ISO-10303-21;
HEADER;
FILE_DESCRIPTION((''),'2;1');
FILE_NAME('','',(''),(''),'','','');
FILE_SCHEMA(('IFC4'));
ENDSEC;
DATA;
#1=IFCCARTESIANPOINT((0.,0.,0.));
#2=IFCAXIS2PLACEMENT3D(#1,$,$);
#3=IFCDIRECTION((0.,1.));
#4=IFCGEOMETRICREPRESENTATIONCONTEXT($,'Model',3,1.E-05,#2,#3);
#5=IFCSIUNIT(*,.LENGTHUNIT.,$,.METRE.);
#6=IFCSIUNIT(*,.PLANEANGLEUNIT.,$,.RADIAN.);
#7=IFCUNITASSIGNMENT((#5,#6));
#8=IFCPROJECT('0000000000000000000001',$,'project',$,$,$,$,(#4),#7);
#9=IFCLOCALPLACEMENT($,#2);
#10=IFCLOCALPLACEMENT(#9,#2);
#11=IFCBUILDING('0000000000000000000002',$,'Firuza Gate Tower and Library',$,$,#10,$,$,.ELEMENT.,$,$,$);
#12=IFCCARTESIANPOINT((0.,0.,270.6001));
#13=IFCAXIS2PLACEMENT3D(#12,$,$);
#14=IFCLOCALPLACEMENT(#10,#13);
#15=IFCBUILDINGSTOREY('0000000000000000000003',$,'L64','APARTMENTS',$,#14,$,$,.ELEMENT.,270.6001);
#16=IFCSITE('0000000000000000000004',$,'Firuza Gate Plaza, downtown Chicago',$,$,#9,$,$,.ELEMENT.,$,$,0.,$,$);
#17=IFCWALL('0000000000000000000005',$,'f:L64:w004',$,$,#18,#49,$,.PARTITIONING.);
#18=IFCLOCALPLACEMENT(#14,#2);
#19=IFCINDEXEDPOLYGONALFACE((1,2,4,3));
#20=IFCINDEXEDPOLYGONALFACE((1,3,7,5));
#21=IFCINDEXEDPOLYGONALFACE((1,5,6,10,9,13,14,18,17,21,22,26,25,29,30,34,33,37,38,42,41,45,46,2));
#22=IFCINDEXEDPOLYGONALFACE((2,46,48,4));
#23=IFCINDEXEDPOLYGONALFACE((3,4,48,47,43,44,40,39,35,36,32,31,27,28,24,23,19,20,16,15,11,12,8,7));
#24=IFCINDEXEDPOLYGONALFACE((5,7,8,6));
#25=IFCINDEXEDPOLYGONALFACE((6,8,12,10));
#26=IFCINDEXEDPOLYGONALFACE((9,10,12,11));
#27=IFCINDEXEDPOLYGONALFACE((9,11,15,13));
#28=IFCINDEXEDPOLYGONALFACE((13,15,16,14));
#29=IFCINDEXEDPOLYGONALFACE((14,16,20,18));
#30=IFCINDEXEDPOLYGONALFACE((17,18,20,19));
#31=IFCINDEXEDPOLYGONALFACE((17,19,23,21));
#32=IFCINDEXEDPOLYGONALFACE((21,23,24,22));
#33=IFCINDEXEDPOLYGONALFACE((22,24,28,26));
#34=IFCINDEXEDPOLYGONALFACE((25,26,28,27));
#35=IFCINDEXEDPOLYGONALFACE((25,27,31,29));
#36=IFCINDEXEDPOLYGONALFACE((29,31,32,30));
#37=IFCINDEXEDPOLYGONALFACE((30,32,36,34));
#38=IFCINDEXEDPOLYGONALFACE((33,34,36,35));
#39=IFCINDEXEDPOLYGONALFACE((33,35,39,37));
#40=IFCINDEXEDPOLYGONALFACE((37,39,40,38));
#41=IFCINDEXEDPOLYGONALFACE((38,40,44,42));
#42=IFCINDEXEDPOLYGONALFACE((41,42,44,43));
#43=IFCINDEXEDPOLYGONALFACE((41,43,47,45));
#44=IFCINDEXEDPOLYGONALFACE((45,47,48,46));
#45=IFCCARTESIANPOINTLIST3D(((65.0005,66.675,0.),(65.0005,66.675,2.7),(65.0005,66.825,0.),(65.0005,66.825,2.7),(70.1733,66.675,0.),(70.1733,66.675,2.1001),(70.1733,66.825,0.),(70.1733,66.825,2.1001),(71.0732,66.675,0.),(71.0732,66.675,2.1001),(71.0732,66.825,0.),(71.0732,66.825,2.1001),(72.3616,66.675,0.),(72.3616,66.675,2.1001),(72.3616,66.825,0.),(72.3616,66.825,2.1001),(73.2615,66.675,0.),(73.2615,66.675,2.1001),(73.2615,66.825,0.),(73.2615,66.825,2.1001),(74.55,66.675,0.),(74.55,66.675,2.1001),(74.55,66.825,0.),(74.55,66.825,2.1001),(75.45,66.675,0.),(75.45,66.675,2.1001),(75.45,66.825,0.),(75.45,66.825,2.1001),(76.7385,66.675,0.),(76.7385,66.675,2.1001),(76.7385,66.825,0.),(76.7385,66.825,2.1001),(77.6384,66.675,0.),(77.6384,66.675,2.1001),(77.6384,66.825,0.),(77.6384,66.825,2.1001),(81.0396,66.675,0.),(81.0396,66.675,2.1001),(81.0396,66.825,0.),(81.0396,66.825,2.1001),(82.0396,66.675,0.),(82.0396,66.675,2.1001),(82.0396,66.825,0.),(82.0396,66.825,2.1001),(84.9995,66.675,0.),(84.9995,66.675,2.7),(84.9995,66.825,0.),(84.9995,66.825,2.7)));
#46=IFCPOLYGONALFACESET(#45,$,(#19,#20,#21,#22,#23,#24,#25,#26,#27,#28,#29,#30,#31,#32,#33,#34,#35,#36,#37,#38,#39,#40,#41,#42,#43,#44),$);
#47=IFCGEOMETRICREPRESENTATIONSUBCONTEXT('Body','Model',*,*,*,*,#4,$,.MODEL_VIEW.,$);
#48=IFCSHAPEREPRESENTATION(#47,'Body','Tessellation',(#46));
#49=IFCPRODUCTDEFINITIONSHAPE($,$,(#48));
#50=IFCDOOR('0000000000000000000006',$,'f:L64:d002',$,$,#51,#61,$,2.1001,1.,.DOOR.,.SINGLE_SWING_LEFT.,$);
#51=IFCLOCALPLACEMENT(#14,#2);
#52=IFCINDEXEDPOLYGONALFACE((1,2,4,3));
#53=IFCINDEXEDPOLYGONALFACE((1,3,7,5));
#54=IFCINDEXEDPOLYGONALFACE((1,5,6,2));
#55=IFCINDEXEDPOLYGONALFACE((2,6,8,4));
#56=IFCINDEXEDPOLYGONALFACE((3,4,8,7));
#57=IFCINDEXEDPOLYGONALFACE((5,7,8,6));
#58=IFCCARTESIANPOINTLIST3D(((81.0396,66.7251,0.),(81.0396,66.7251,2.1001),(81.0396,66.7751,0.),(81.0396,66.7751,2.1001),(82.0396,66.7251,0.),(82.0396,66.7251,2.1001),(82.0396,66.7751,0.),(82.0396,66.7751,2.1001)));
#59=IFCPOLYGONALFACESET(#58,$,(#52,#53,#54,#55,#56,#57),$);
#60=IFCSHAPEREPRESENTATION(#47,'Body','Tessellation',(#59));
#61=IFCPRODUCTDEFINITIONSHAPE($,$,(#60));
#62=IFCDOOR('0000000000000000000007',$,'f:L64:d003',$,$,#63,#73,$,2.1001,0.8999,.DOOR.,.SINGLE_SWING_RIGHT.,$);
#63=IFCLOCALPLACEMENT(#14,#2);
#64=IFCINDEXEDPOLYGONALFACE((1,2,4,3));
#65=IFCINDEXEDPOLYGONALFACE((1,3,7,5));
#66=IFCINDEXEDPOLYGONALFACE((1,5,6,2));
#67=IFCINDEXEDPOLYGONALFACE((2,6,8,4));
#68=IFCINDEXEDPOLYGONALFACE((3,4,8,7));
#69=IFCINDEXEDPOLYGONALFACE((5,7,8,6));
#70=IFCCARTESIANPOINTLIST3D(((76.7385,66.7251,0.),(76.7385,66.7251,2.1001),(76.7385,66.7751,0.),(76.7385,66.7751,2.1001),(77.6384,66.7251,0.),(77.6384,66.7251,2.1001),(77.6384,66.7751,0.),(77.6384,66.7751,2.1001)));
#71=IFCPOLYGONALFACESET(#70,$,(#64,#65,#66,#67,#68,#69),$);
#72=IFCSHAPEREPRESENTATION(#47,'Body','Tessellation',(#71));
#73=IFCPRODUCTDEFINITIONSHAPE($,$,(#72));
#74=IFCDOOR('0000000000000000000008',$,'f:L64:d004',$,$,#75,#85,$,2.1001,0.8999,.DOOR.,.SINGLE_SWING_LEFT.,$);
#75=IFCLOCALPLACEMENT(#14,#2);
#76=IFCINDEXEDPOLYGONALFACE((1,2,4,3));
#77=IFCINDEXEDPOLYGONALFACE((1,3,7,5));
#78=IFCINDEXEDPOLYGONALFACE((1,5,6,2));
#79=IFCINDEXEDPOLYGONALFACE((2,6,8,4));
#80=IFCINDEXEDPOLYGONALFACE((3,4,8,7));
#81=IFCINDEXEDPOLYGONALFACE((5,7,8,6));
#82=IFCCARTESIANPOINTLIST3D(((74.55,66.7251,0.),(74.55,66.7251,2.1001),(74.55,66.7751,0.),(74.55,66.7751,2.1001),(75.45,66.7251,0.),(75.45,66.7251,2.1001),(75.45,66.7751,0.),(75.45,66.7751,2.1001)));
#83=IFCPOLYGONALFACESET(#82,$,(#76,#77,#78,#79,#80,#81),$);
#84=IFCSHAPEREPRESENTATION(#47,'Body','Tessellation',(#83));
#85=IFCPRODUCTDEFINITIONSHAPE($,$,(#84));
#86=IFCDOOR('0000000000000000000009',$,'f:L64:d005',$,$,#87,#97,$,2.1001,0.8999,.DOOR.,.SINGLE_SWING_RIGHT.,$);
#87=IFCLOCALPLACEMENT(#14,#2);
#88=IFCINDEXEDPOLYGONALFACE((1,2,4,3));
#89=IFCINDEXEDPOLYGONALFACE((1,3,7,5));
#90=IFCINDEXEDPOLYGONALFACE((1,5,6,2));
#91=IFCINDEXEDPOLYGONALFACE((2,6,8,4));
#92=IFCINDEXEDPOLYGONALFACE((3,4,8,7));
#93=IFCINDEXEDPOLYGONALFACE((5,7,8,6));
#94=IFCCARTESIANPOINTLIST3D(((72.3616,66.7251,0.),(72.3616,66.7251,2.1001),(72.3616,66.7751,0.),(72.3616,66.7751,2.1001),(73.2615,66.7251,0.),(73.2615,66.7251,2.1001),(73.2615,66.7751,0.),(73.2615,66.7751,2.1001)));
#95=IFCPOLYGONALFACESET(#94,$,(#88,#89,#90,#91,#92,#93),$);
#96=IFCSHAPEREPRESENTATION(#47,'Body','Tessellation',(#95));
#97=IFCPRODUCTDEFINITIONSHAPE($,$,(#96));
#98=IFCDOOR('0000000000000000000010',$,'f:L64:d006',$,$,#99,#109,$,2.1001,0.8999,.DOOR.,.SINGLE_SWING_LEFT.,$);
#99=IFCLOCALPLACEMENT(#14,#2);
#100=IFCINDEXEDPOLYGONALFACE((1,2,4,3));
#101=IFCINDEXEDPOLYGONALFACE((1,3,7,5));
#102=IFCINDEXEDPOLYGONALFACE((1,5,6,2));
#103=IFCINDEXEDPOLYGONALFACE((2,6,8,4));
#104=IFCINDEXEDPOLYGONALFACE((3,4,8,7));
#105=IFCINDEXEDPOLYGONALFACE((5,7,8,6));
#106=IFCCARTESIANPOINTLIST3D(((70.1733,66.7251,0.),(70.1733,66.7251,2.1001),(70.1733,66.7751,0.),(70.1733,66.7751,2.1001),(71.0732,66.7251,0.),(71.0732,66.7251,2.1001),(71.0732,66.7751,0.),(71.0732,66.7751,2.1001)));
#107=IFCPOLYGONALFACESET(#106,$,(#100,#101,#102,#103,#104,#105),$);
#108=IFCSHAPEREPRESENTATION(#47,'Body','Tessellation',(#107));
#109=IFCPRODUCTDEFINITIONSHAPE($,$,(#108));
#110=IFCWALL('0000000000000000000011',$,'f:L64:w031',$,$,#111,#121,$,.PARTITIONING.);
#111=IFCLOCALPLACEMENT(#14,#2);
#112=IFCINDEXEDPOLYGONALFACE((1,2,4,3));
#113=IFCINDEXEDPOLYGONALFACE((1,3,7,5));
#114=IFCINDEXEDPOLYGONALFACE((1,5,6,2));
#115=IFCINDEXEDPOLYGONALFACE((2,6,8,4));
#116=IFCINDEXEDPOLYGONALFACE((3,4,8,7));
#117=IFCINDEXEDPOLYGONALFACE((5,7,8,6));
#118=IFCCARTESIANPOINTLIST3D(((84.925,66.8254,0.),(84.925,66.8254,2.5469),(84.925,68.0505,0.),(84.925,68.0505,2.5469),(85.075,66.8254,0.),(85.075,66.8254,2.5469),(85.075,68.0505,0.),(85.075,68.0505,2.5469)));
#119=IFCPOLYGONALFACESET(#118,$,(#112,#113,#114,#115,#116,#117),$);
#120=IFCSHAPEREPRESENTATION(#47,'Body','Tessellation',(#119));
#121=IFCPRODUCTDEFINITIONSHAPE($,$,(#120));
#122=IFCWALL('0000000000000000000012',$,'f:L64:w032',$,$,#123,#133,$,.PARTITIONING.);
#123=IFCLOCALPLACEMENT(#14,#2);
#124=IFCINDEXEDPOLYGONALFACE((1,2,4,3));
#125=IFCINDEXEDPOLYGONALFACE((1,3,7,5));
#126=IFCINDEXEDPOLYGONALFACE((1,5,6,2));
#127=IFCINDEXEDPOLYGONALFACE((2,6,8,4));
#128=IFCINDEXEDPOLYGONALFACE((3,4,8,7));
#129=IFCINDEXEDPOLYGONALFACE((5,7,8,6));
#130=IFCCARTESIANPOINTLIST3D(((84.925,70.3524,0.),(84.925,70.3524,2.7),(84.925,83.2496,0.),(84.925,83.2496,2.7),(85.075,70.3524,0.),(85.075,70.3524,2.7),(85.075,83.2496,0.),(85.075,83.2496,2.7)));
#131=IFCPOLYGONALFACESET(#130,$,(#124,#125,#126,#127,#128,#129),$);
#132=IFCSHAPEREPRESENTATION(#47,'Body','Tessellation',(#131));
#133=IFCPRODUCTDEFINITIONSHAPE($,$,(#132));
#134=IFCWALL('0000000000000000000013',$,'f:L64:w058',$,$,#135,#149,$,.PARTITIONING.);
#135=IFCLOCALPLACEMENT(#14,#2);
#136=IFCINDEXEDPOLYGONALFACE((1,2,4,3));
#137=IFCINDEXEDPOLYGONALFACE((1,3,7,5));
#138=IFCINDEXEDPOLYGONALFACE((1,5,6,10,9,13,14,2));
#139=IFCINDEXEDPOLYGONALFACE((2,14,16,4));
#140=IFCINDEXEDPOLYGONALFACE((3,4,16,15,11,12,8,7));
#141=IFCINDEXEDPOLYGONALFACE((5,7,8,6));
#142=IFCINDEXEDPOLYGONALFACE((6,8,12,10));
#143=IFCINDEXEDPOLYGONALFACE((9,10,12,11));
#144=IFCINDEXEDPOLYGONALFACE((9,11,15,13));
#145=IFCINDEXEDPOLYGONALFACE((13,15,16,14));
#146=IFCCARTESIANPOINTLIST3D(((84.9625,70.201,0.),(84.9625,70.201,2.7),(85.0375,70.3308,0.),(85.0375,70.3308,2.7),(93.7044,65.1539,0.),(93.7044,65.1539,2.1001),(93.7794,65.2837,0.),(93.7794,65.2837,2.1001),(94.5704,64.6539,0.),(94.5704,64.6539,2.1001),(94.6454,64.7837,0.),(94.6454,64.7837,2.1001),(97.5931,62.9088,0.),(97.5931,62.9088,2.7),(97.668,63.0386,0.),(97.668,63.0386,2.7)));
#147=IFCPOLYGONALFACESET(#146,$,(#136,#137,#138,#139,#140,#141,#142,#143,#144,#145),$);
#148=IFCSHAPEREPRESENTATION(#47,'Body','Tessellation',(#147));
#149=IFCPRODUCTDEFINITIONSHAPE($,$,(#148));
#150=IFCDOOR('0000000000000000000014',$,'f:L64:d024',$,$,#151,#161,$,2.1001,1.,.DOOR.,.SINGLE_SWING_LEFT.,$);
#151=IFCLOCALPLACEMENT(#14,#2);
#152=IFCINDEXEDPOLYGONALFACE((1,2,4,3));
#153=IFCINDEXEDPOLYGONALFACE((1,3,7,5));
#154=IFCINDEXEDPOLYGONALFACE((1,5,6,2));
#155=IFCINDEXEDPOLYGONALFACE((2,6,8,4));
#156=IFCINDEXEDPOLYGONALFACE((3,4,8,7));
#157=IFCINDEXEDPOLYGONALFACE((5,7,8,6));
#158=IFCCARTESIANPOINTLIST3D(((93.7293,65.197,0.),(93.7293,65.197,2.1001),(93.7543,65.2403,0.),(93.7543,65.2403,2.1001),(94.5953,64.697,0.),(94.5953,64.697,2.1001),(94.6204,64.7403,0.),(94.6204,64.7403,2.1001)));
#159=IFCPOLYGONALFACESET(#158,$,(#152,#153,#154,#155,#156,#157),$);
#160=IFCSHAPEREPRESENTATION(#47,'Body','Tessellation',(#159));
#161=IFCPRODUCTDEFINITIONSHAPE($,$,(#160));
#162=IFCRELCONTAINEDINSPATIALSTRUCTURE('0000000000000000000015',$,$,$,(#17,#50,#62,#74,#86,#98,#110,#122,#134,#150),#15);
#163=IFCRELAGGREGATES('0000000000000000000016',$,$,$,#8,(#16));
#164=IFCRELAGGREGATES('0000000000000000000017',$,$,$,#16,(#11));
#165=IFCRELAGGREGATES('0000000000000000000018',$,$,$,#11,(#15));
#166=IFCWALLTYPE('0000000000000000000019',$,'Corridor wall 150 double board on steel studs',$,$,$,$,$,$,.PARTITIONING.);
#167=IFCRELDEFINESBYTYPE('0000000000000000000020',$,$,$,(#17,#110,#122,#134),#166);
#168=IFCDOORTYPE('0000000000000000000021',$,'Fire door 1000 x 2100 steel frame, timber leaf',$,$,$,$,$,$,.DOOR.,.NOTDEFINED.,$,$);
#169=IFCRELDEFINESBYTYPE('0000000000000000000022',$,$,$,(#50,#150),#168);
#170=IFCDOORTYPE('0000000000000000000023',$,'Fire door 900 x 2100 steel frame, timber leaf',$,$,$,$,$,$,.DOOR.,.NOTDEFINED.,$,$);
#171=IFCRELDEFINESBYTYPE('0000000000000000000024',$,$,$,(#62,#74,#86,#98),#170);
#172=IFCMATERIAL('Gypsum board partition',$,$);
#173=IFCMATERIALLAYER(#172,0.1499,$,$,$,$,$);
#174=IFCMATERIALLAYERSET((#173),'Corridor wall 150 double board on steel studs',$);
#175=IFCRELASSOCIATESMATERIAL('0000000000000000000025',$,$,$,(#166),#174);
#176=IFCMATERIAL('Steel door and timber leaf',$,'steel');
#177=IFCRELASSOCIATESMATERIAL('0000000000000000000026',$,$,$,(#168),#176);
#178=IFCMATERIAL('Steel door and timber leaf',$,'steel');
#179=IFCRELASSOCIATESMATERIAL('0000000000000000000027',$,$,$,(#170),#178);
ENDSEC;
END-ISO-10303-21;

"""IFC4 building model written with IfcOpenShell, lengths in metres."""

from ifc_helpers import new_model, si_unit, direction, frame, frame_2d, origin, place, context, subcontext, project, spatial, rectangle, extrude, material, layer, layer_set, type_object, element, fill, save


model = new_model("IFC4")

# Units and contexts
model_context = context("Model", 3, precision=1e-05, world=origin(), true_north=direction((0.0, 1.0)))
body_context = subcontext(model_context, "Body", "Model", "MODEL_VIEW")
ifc_project = project(units=[si_unit("LENGTHUNIT", "METRE"), si_unit("PLANEANGLEUNIT", "RADIAN")], contexts=[model_context])

# Site, building, storey
site_placement = place(None, origin())
site = spatial("IfcSite", under=ifc_project, at=site_placement, Name="Firuza Gate Plaza, downtown Chicago", CompositionType="ELEMENT", RefElevation=0.0)
building_placement = place(site_placement, origin())
building = spatial("IfcBuilding", under=site, at=building_placement, Name="Firuza Gate Tower and Library", CompositionType="ELEMENT")
storey_placement = place(building_placement, frame((0.0, 0.0, 270.6001)))
storey = spatial("IfcBuildingStorey", under=building, at=storey_placement, Name="L64", Description="APARTMENTS", CompositionType="ELEMENT", Elevation=270.6001)

# Wall, openings, doors
ifc_material_1 = material(Name="Gypsum board partition")
ifc_layer_1 = layer(ifc_material_1, 0.1499)
ifc_layer_set_1 = layer_set([ifc_layer_1], Name="Corridor wall 150 double board on steel studs")
wall_type_1 = type_object("IfcWallType", Name="Corridor wall 150 double board on steel studs", PredefinedType="PARTITIONING", material=ifc_layer_set_1)
wall_1_placement = place(storey_placement, frame((84.9995, 66.75, 0.0), z_axis=(0.0, 0.0, 1.0), x_axis=(-1.0, 0.0, 0.0)))
wall_1 = element("IfcWall", 1, at=wall_1_placement, inside=storey, type_object=wall_type_1, Name="f:L64:w004", PredefinedType="PARTITIONING", context=body_context, shape_type="SweptSolid", body=[
    extrude(rectangle(XDim=19.999, YDim=0.1499, at=frame_2d((9.9995, 0.0))), origin(), (0.0, 0.0, 1.0), 2.7),
])
opening_1_placement = place(wall_1_placement, frame((2.96, 0.0, 0.0)))
opening_1 = element("IfcOpeningElement", 2, at=opening_1_placement, cuts=wall_1, PredefinedType="OPENING", context=body_context, shape_type="SweptSolid", body=[
    extrude(rectangle(XDim=1.0, YDim=2.1001, at=frame_2d((0.5, 1.05))), frame((0.0, 0.085, 0.0), z_axis=(0.0, -1.0, 0.0), x_axis=(1.0, 0.0, 0.0)), (0.0, 0.0, 1.0), 0.1699),
])
opening_2_placement = place(wall_1_placement, frame((7.3611, 0.0, 0.0)))
opening_2 = element("IfcOpeningElement", 3, at=opening_2_placement, cuts=wall_1, PredefinedType="OPENING", context=body_context, shape_type="SweptSolid", body=[
    extrude(rectangle(XDim=0.8999, YDim=2.1001, at=frame_2d((0.45, 1.05))), frame((0.0, 0.085, 0.0), z_axis=(0.0, -1.0, 0.0), x_axis=(1.0, 0.0, 0.0)), (0.0, 0.0, 1.0), 0.1699),
])
opening_3_placement = place(wall_1_placement, frame((9.5496, 0.0, 0.0)))
opening_3 = element("IfcOpeningElement", 4, at=opening_3_placement, cuts=wall_1, PredefinedType="OPENING", context=body_context, shape_type="SweptSolid", body=[
    extrude(rectangle(XDim=0.8999, YDim=2.1001, at=frame_2d((0.45, 1.05))), frame((0.0, 0.085, 0.0), z_axis=(0.0, -1.0, 0.0), x_axis=(1.0, 0.0, 0.0)), (0.0, 0.0, 1.0), 0.1699),
])
opening_4_placement = place(wall_1_placement, frame((11.738, 0.0, 0.0)))
opening_4 = element("IfcOpeningElement", 5, at=opening_4_placement, cuts=wall_1, PredefinedType="OPENING", context=body_context, shape_type="SweptSolid", body=[
    extrude(rectangle(XDim=0.8999, YDim=2.1001, at=frame_2d((0.45, 1.05))), frame((0.0, 0.085, 0.0), z_axis=(0.0, -1.0, 0.0), x_axis=(1.0, 0.0, 0.0)), (0.0, 0.0, 1.0), 0.1699),
])
opening_5_placement = place(wall_1_placement, frame((13.9263, 0.0, 0.0)))
opening_5 = element("IfcOpeningElement", 6, at=opening_5_placement, cuts=wall_1, PredefinedType="OPENING", context=body_context, shape_type="SweptSolid", body=[
    extrude(rectangle(XDim=0.8999, YDim=2.1001, at=frame_2d((0.45, 1.05))), frame((0.0, 0.085, 0.0), z_axis=(0.0, -1.0, 0.0), x_axis=(1.0, 0.0, 0.0)), (0.0, 0.0, 1.0), 0.1699),
])
ifc_material_2 = material(Name="Steel door and timber leaf", Category="steel")
door_type_1 = type_object("IfcDoorType", Name="Fire door 1000 x 2100 steel frame, timber leaf", OperationType="NOTDEFINED", PredefinedType="DOOR", material=ifc_material_2)
door_1_placement = place(opening_1_placement, origin())
door_1 = element("IfcDoor", 7, at=door_1_placement, inside=storey, type_object=door_type_1, Name="f:L64:d002", OperationType="SINGLE_SWING_LEFT", OverallHeight=2.1001, OverallWidth=1.0, PredefinedType="DOOR", context=body_context, shape_type="SweptSolid", body=[
    extrude(rectangle(XDim=1.0, YDim=2.1001, at=frame_2d((0.5, 1.05))), frame((0.0, 0.0249, 0.0), z_axis=(0.0, -1.0, 0.0), x_axis=(1.0, 0.0, 0.0)), (0.0, 0.0, 1.0), 0.05),
])
fill(opening_1, door_1)
ifc_material_3 = material(Name="Steel door and timber leaf", Category="steel")
door_type_2 = type_object("IfcDoorType", Name="Fire door 900 x 2100 steel frame, timber leaf", OperationType="NOTDEFINED", PredefinedType="DOOR", material=ifc_material_3)
door_2_placement = place(opening_2_placement, origin())
door_2 = element("IfcDoor", 8, at=door_2_placement, inside=storey, type_object=door_type_2, Name="f:L64:d003", OperationType="SINGLE_SWING_RIGHT", OverallHeight=2.1001, OverallWidth=0.8999, PredefinedType="DOOR", context=body_context, shape_type="SweptSolid", body=[
    extrude(rectangle(XDim=0.8999, YDim=2.1001, at=frame_2d((0.45, 1.05))), frame((0.0, 0.0249, 0.0), z_axis=(0.0, -1.0, 0.0), x_axis=(1.0, 0.0, 0.0)), (0.0, 0.0, 1.0), 0.05),
])
fill(opening_2, door_2)
door_3_placement = place(opening_3_placement, origin())
door_3 = element("IfcDoor", 9, at=door_3_placement, inside=storey, type_object=door_type_2, Name="f:L64:d004", OperationType="SINGLE_SWING_LEFT", OverallHeight=2.1001, OverallWidth=0.8999, PredefinedType="DOOR", context=body_context, shape_type="SweptSolid", body=[
    extrude(rectangle(XDim=0.8999, YDim=2.1001, at=frame_2d((0.45, 1.05))), frame((0.0, 0.0249, 0.0), z_axis=(0.0, -1.0, 0.0), x_axis=(1.0, 0.0, 0.0)), (0.0, 0.0, 1.0), 0.05),
])
fill(opening_3, door_3)
door_4_placement = place(opening_4_placement, origin())
door_4 = element("IfcDoor", 10, at=door_4_placement, inside=storey, type_object=door_type_2, Name="f:L64:d005", OperationType="SINGLE_SWING_RIGHT", OverallHeight=2.1001, OverallWidth=0.8999, PredefinedType="DOOR", context=body_context, shape_type="SweptSolid", body=[
    extrude(rectangle(XDim=0.8999, YDim=2.1001, at=frame_2d((0.45, 1.05))), frame((0.0, 0.0249, 0.0), z_axis=(0.0, -1.0, 0.0), x_axis=(1.0, 0.0, 0.0)), (0.0, 0.0, 1.0), 0.05),
])
fill(opening_4, door_4)
door_5_placement = place(opening_5_placement, origin())
door_5 = element("IfcDoor", 11, at=door_5_placement, inside=storey, type_object=door_type_2, Name="f:L64:d006", OperationType="SINGLE_SWING_LEFT", OverallHeight=2.1001, OverallWidth=0.8999, PredefinedType="DOOR", context=body_context, shape_type="SweptSolid", body=[
    extrude(rectangle(XDim=0.8999, YDim=2.1001, at=frame_2d((0.45, 1.05))), frame((0.0, 0.0249, 0.0), z_axis=(0.0, -1.0, 0.0), x_axis=(1.0, 0.0, 0.0)), (0.0, 0.0, 1.0), 0.05),
])
fill(opening_5, door_5)

# Walls
wall_2_placement = place(storey_placement, frame((85.0, 66.8254, 0.0), z_axis=(0.0, 0.0, 1.0), x_axis=(0.0, 1.0, 0.0)))
element("IfcWall", 12, at=wall_2_placement, inside=storey, type_object=wall_type_1, Name="f:L64:w031", PredefinedType="PARTITIONING", context=body_context, shape_type="SweptSolid", body=[
    extrude(rectangle(XDim=1.2251, YDim=0.1499, at=frame_2d((0.6125, 0.0))), origin(), (0.0, 0.0, 1.0), 2.5469),
])
wall_3_placement = place(storey_placement, frame((85.0, 70.3523, 0.0), z_axis=(0.0, 0.0, 1.0), x_axis=(0.0, 1.0, 0.0)))
element("IfcWall", 13, at=wall_3_placement, inside=storey, type_object=wall_type_1, Name="f:L64:w032", PredefinedType="PARTITIONING", context=body_context, shape_type="SweptSolid", body=[
    extrude(rectangle(XDim=12.8972, YDim=0.1499, at=frame_2d((6.4487, 0.0))), origin(), (0.0, 0.0, 1.0), 2.7),
])

# Wall, opening, door
wall_4_placement = place(storey_placement, frame((85.0, 70.2659, 0.0), z_axis=(0.0, 0.0, 1.0), x_axis=(0.866027, -0.499997, 0.0)))
wall_4 = element("IfcWall", 14, at=wall_4_placement, inside=storey, type_object=wall_type_1, Name="f:L64:w058", PredefinedType="PARTITIONING", context=body_context, shape_type="SweptSolid", body=[
    extrude(rectangle(XDim=14.5845, YDim=0.1499, at=frame_2d((7.2922, 0.0))), origin(), (0.0, 0.0, 1.0), 2.7),
])
opening_6_placement = place(wall_4_placement, frame((10.0942, 0.0, 0.0)))
opening_6 = element("IfcOpeningElement", 15, at=opening_6_placement, cuts=wall_4, PredefinedType="OPENING", context=body_context, shape_type="SweptSolid", body=[
    extrude(rectangle(XDim=1.0, YDim=2.1001, at=frame_2d((0.5, 1.05))), frame((0.0, 0.085, 0.0), z_axis=(0.0, -1.0, 0.0), x_axis=(1.0, 0.0, 0.0)), (0.0, 0.0, 1.0), 0.1699),
])
door_6_placement = place(opening_6_placement, origin())
door_6 = element("IfcDoor", 16, at=door_6_placement, inside=storey, type_object=door_type_1, Name="f:L64:d024", OperationType="SINGLE_SWING_LEFT", OverallHeight=2.1001, OverallWidth=1.0, PredefinedType="DOOR", context=body_context, shape_type="SweptSolid", body=[
    extrude(rectangle(XDim=1.0, YDim=2.1001, at=frame_2d((0.5, 1.05))), frame((0.0, 0.0249, 0.0), z_axis=(0.0, -1.0, 0.0), x_axis=(1.0, 0.0, 0.0)), (0.0, 0.0, 1.0), 0.05),
])
fill(opening_6, door_6)

save(model, "model.ifc")
